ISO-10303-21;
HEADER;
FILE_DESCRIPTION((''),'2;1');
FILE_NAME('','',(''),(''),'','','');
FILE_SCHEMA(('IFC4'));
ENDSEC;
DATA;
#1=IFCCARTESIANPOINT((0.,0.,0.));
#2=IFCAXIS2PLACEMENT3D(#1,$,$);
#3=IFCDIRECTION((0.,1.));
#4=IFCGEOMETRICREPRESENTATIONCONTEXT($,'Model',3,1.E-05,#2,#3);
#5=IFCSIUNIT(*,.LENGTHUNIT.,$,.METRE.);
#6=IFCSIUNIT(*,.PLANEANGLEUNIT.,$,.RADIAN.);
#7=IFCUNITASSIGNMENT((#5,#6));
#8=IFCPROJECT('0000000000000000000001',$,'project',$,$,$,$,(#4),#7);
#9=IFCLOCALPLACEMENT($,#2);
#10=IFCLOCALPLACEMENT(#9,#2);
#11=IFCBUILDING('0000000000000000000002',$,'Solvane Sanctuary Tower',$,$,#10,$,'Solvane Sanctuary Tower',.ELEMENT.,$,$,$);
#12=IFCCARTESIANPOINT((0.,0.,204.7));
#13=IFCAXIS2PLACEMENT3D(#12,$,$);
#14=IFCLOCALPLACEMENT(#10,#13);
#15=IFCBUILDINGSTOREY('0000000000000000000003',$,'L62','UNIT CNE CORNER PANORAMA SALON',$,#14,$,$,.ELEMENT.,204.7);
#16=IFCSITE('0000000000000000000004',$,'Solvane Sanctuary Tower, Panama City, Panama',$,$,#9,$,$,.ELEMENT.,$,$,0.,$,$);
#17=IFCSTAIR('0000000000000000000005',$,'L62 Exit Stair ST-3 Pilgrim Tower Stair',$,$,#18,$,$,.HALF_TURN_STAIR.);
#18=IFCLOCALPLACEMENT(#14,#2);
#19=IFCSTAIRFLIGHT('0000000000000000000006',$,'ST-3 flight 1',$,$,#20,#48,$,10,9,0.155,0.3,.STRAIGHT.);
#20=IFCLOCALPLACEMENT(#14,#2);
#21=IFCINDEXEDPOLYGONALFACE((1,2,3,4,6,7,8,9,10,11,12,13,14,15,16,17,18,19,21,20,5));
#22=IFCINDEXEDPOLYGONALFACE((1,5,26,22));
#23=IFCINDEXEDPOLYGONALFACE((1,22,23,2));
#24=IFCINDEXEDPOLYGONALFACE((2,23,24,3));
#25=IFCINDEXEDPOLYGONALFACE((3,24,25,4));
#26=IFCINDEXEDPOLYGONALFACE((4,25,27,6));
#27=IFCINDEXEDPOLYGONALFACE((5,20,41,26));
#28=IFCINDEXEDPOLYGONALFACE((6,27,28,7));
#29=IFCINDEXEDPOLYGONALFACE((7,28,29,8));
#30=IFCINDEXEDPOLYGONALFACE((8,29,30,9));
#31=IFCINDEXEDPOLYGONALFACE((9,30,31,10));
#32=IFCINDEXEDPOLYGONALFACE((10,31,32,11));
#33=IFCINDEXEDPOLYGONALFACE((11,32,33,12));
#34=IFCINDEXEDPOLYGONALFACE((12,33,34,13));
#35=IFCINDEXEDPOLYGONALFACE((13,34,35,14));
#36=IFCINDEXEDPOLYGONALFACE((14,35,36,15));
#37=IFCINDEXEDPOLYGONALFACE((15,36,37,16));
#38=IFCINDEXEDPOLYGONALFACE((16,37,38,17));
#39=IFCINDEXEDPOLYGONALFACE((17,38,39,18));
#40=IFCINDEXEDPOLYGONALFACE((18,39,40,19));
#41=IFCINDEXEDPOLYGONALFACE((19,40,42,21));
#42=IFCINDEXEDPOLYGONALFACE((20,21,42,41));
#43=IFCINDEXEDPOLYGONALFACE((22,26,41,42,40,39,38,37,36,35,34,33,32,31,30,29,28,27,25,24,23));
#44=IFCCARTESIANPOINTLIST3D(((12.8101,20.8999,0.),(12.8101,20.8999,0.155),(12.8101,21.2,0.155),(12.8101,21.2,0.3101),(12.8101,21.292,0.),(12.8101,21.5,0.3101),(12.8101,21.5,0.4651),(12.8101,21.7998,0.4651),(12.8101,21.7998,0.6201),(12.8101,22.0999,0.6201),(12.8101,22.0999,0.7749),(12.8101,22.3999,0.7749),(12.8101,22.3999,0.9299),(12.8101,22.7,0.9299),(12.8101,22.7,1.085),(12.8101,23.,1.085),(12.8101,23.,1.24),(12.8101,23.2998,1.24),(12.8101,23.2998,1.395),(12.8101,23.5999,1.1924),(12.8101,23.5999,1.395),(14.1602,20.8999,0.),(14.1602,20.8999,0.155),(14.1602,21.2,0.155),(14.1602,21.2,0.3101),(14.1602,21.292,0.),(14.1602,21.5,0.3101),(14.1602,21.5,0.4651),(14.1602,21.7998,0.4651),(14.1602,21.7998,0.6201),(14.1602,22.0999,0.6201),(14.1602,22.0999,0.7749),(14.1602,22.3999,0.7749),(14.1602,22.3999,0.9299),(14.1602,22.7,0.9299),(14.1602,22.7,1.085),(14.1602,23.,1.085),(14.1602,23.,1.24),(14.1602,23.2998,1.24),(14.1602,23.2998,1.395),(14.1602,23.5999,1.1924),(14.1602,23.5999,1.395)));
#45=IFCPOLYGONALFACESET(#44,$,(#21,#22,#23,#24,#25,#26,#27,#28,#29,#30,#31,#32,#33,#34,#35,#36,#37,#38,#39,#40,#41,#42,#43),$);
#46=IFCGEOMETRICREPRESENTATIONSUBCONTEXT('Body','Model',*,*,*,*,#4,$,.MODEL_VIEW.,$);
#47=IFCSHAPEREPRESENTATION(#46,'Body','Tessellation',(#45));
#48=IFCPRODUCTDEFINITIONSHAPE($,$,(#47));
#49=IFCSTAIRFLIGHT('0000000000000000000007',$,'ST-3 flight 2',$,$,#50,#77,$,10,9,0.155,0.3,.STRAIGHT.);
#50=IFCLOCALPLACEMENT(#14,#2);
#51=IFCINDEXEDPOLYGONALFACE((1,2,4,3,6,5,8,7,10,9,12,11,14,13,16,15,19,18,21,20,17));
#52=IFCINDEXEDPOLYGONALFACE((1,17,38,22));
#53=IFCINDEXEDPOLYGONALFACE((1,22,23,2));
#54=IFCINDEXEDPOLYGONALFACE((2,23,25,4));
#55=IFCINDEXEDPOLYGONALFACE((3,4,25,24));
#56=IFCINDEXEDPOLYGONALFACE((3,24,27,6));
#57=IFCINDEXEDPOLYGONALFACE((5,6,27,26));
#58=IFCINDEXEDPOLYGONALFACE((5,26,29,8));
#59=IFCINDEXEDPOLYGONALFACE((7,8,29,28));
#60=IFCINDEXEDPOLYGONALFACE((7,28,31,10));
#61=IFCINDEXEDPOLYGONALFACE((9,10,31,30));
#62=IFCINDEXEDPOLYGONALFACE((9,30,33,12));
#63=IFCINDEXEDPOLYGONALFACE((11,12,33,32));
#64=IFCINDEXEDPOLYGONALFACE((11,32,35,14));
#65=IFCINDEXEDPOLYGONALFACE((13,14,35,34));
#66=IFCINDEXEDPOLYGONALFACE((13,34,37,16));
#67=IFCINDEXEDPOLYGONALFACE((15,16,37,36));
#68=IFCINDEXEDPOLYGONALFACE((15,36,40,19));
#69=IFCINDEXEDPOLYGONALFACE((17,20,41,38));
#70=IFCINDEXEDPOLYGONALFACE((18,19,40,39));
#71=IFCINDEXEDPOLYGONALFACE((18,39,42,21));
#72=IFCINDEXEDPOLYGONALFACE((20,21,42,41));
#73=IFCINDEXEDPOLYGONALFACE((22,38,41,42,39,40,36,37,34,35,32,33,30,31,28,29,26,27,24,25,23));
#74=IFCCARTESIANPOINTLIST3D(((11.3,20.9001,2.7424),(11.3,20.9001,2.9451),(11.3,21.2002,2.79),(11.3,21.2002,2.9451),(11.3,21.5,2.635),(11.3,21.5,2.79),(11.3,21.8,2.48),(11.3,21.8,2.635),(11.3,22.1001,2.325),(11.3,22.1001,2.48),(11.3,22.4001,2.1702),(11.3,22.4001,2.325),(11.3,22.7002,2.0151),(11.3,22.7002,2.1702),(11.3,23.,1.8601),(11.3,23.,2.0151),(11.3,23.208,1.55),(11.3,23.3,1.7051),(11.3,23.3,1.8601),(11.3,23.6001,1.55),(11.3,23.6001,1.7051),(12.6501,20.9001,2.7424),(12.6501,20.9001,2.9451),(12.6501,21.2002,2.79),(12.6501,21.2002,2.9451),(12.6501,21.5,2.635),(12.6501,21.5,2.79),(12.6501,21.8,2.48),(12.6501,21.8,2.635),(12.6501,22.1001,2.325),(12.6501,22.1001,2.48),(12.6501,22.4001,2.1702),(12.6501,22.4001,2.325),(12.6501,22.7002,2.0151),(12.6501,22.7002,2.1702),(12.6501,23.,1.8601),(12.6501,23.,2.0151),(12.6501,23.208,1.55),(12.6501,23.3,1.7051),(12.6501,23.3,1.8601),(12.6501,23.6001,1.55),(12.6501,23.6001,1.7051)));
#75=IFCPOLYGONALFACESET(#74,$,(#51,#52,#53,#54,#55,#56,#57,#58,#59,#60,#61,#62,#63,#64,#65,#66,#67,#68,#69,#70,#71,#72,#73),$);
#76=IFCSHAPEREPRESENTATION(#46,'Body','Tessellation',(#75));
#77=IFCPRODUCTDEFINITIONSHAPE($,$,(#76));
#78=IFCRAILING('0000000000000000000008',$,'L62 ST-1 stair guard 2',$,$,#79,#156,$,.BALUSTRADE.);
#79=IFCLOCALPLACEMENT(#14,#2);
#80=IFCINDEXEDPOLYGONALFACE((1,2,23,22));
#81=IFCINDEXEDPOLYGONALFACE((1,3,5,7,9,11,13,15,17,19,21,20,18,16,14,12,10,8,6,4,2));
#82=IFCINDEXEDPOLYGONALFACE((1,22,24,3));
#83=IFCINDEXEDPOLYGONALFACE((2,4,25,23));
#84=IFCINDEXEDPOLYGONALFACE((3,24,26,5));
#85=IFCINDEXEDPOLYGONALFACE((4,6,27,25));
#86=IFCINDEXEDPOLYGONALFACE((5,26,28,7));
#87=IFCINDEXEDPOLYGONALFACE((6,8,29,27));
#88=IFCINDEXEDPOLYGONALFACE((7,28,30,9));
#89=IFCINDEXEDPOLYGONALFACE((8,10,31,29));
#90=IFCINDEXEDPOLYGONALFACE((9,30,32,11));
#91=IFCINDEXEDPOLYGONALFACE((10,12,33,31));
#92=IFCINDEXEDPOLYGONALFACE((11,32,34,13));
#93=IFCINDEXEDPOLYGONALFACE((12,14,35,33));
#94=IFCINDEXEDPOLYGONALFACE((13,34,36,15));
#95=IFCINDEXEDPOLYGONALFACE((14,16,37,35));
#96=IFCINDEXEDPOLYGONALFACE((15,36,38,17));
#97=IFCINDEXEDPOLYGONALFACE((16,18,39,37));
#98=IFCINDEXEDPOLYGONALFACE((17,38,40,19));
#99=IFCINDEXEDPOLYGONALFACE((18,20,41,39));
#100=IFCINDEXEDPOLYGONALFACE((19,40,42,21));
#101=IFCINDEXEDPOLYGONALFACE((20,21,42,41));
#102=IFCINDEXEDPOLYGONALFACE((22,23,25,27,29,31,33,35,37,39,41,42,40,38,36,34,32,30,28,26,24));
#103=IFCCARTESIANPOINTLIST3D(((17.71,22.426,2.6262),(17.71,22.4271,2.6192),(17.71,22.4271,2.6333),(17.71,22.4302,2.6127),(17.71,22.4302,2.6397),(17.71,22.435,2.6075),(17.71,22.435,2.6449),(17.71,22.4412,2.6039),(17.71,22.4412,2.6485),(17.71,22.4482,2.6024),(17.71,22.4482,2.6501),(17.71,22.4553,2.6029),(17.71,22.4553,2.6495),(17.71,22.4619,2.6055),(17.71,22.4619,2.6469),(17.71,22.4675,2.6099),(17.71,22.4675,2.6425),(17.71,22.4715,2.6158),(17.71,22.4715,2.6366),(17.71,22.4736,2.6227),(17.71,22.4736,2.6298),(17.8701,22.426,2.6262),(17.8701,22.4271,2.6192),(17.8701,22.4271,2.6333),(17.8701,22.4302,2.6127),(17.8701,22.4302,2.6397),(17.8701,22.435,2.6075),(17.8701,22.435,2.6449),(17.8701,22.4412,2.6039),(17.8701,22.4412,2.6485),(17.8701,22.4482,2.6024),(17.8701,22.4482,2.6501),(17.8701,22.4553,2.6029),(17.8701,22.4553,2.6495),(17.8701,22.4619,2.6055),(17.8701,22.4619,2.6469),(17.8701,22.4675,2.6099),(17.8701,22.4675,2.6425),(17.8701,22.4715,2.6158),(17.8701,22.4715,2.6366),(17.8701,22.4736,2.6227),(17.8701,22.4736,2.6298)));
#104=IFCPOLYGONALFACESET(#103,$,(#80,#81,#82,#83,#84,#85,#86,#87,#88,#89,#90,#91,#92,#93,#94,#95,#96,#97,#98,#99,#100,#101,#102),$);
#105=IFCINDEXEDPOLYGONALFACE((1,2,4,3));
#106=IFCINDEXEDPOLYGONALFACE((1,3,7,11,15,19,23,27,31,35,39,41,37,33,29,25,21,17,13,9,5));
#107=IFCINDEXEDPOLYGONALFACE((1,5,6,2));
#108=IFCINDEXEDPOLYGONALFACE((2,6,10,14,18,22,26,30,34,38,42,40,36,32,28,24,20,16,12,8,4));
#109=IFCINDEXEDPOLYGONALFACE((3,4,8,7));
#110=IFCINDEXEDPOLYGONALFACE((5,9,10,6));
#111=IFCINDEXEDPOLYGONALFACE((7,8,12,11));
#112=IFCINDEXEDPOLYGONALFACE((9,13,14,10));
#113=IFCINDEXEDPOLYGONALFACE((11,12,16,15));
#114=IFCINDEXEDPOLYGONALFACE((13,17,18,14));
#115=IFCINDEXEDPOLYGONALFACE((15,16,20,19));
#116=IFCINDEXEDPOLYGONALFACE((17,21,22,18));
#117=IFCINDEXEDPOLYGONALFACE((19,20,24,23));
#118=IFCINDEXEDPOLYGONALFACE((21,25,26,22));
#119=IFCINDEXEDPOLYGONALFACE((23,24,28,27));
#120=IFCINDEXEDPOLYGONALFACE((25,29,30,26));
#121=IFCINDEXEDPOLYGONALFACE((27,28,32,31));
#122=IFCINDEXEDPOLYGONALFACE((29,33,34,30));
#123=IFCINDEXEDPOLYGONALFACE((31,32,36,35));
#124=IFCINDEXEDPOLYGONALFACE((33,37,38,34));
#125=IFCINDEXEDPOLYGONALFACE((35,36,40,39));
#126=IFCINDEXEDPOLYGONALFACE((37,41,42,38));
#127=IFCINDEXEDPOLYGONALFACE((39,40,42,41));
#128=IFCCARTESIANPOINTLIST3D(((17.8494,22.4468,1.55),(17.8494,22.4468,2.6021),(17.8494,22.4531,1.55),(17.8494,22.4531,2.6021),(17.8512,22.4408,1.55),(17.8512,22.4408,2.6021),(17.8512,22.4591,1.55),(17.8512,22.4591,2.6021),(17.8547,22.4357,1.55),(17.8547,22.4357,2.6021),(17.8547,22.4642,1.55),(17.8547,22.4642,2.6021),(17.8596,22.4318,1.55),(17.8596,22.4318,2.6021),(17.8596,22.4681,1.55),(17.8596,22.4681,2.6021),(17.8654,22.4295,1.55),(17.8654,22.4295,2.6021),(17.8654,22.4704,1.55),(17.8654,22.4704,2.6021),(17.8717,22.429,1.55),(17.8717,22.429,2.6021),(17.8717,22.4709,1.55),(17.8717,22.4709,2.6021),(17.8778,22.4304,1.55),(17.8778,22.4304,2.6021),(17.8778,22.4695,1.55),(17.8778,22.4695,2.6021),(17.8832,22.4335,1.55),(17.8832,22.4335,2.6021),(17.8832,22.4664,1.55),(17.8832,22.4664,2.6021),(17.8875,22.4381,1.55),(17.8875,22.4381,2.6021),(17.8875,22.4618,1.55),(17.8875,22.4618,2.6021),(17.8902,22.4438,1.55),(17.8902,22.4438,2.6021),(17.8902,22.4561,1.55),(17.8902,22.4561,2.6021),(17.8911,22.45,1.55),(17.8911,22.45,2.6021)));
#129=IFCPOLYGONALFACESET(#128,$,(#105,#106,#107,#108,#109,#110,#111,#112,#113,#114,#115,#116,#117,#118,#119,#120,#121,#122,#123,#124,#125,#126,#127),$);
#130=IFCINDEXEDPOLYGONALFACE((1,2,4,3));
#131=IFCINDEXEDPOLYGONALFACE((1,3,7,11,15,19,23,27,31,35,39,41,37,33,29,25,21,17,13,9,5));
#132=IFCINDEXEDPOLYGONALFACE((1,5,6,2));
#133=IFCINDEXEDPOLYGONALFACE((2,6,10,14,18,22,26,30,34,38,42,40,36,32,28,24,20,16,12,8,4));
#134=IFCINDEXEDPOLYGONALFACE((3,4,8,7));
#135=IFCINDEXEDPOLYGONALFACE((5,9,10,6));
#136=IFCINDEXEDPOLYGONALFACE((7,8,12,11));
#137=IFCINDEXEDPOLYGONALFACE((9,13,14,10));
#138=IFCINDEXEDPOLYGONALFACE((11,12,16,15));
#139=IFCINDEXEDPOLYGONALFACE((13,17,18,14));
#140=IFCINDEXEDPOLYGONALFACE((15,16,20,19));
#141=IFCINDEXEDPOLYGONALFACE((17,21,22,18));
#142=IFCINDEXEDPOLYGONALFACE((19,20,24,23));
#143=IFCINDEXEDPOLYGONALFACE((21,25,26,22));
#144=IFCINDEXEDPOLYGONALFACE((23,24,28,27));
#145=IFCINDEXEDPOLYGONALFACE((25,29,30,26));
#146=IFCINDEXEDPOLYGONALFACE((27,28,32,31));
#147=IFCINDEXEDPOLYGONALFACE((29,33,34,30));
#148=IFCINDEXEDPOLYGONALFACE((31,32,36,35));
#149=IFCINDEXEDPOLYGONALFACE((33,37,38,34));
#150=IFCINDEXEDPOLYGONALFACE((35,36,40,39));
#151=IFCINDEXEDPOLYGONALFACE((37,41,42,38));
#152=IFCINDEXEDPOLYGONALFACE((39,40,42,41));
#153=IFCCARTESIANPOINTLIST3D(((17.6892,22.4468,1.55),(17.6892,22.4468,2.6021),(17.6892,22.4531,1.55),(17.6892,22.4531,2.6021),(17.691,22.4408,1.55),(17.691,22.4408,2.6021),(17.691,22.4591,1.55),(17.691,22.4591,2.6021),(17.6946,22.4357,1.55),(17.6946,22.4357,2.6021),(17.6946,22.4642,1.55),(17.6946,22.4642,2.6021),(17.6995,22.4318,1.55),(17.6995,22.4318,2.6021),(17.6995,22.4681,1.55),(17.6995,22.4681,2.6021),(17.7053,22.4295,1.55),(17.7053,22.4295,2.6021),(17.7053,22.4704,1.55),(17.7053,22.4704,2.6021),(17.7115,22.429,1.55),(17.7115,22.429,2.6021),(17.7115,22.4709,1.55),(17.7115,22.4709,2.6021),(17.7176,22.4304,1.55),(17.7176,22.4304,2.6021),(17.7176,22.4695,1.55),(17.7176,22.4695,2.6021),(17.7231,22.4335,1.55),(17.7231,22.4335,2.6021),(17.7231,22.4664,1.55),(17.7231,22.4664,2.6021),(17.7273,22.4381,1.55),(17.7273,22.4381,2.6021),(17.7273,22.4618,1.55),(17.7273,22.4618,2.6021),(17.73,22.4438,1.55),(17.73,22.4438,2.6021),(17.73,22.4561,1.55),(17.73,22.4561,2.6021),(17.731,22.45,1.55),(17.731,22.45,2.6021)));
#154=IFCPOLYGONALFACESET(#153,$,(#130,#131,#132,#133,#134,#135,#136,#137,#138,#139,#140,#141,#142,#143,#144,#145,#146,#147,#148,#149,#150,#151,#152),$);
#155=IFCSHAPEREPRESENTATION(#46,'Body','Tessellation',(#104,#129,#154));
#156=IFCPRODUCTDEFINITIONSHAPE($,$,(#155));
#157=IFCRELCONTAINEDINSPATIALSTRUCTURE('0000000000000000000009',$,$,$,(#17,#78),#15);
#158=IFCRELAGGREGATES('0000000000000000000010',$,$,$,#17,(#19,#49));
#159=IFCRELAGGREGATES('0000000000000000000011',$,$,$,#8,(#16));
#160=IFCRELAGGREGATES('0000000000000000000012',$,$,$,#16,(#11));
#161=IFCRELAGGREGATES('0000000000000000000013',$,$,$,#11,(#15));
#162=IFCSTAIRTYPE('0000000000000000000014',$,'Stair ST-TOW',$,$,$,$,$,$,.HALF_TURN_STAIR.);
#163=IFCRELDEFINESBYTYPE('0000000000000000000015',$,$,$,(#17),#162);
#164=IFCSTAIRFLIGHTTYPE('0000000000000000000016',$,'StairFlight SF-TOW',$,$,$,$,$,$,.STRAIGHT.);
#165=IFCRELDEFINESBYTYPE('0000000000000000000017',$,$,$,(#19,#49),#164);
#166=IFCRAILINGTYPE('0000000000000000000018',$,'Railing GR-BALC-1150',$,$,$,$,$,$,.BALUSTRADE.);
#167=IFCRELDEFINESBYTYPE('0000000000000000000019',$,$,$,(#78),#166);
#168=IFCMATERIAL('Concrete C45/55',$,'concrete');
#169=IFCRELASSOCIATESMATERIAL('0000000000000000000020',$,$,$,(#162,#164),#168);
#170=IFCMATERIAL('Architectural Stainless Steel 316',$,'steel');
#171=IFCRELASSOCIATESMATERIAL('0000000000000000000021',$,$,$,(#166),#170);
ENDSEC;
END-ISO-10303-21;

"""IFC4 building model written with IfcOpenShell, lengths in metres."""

from ifc_helpers import new_model, si_unit, direction, frame, origin, origin_2d, place, context, subcontext, project, spatial, polyline, circle, outline, extrude, material, type_object, element, aggregate, save


model = new_model("IFC4")

# Units and contexts
model_context = context("Model", 3, precision=1e-05, world=origin(), true_north=direction((0.0, 1.0)))
body_context = subcontext(model_context, "Body", "Model", "MODEL_VIEW")
ifc_project = project(units=[si_unit("LENGTHUNIT", "METRE"), si_unit("PLANEANGLEUNIT", "RADIAN")], contexts=[model_context])

# Site, building, storey
site_placement = place(None, origin())
site = spatial("IfcSite", under=ifc_project, at=site_placement, Name="Solvane Sanctuary Tower, Panama City, Panama", CompositionType="ELEMENT", RefElevation=0.0)
building_placement = place(site_placement, origin())
building = spatial("IfcBuilding", under=site, at=building_placement, Name="Solvane Sanctuary Tower", LongName="Solvane Sanctuary Tower", CompositionType="ELEMENT")
storey_placement = place(building_placement, frame((0.0, 0.0, 204.7)))
storey = spatial("IfcBuildingStorey", under=building, at=storey_placement, Name="L62", Description="UNIT CNE CORNER PANORAMA SALON", CompositionType="ELEMENT", Elevation=204.7)

# Shared definitions
ifc_material_1 = material(Name="Concrete C45/55", Category="concrete")
stair_type = type_object("IfcStairType", Name="Stair ST-TOW", PredefinedType="HALF_TURN_STAIR", material=ifc_material_1)
stair_flight_type = type_object("IfcStairFlightType", Name="StairFlight SF-TOW", PredefinedType="STRAIGHT", material=ifc_material_1)

# Stair, stair flights
stair_1_placement = place(storey_placement, origin())
stair_1 = element("IfcStair", 1, at=stair_1_placement, inside=storey, type_object=stair_type, Name="L62 Exit Stair ST-3 Pilgrim Tower Stair", PredefinedType="HALF_TURN_STAIR")
stair_flight_1_placement = place(storey_placement, frame((13.4851, 20.8999, 0.0), z_axis=(0.0, 0.0, 1.0), x_axis=(0.0, 1.0, 0.0)))
stair_flight_1 = element("IfcStairFlight", 2, at=stair_flight_1_placement, type_object=stair_flight_type, Name="ST-3 flight 1", NumberOfRisers=10, NumberOfTreads=9, PredefinedType="STRAIGHT", RiserHeight=0.155, TreadLength=0.3, context=body_context, shape_type="SweptSolid", body=[
    extrude(outline(polyline([(0.0, 0.0), (0.0, 0.155), (0.3, 0.155), (0.3, 0.3101), (0.6001, 0.3101), (0.6001, 0.4651), (0.8999, 0.4651), (0.8999, 0.6201), (1.2, 0.6201), (1.2, 0.7749), (1.5, 0.7749), (1.5, 0.9299), (1.8, 0.9299), (1.8, 1.085), (2.1001, 1.085), (2.1001, 1.24), (2.3999, 1.24), (2.3999, 1.395), (2.7, 1.395), (2.7, 1.55), (2.7, 1.1924), (0.3921, 0.0), (0.0, 0.0)])), frame((0.0, 0.675, 0.0), z_axis=(0.0, -1.0, 0.0), x_axis=(1.0, 0.0, 0.0)), (0.0, 0.0, 1.0), 1.3501),
])
stair_flight_2_placement = place(storey_placement, frame((11.9751, 23.6001, 1.55), z_axis=(0.0, 0.0, 1.0), x_axis=(0.0, -1.0, 0.0)))
stair_flight_2 = element("IfcStairFlight", 3, at=stair_flight_2_placement, type_object=stair_flight_type, Name="ST-3 flight 2", NumberOfRisers=10, NumberOfTreads=9, PredefinedType="STRAIGHT", RiserHeight=0.155, TreadLength=0.3, context=body_context, shape_type="SweptSolid", body=[
    extrude(outline(polyline([(0.0, 0.0), (0.0, 0.155), (0.3, 0.155), (0.3, 0.3101), (0.6001, 0.3101), (0.6001, 0.4651), (0.8999, 0.4651), (0.8999, 0.6201), (1.2, 0.6201), (1.2, 0.7749), (1.5, 0.7749), (1.5, 0.9299), (1.8, 0.9299), (1.8, 1.085), (2.1001, 1.085), (2.1001, 1.24), (2.3999, 1.24), (2.3999, 1.395), (2.7, 1.395), (2.7, 1.55), (2.7, 1.1924), (0.3921, 0.0), (0.0, 0.0)])), frame((0.0, 0.675, 0.0), z_axis=(0.0, -1.0, 0.0), x_axis=(1.0, 0.0, 0.0)), (0.0, 0.0, 1.0), 1.3501),
])
aggregate(stair_1, [stair_flight_1, stair_flight_2])

# Railing
ifc_material_2 = material(Name="Architectural Stainless Steel 316", Category="steel")
railing_type_1 = type_object("IfcRailingType", Name="Railing GR-BALC-1150", PredefinedType="BALUSTRADE", material=ifc_material_2)
railing_1_placement = place(storey_placement, frame((17.8701, 22.45, 1.55)))
element("IfcRailing", 4, at=railing_1_placement, inside=storey, type_object=railing_type_1, Name="L62 ST-1 stair guard 2", PredefinedType="BALUSTRADE", context=body_context, shape_type="SweptSolid", body=[
    extrude(circle(Radius=0.0239, at=origin_2d()), frame((0.0, 0.0, 1.0762), z_axis=(-1.0, 0.0, 0.0), x_axis=(0.0, -1.0, 0.0)), (0.0, 0.0, 1.0), 0.1602),
    extrude(circle(Radius=0.021, at=origin_2d()), origin(), (0.0, 0.0, 1.0), 1.052),
    extrude(circle(Radius=0.021, at=origin_2d()), frame((-0.1602, 0.0, 0.0)), (0.0, 0.0, 1.0), 1.052),
])

save(model, "model.ifc")
